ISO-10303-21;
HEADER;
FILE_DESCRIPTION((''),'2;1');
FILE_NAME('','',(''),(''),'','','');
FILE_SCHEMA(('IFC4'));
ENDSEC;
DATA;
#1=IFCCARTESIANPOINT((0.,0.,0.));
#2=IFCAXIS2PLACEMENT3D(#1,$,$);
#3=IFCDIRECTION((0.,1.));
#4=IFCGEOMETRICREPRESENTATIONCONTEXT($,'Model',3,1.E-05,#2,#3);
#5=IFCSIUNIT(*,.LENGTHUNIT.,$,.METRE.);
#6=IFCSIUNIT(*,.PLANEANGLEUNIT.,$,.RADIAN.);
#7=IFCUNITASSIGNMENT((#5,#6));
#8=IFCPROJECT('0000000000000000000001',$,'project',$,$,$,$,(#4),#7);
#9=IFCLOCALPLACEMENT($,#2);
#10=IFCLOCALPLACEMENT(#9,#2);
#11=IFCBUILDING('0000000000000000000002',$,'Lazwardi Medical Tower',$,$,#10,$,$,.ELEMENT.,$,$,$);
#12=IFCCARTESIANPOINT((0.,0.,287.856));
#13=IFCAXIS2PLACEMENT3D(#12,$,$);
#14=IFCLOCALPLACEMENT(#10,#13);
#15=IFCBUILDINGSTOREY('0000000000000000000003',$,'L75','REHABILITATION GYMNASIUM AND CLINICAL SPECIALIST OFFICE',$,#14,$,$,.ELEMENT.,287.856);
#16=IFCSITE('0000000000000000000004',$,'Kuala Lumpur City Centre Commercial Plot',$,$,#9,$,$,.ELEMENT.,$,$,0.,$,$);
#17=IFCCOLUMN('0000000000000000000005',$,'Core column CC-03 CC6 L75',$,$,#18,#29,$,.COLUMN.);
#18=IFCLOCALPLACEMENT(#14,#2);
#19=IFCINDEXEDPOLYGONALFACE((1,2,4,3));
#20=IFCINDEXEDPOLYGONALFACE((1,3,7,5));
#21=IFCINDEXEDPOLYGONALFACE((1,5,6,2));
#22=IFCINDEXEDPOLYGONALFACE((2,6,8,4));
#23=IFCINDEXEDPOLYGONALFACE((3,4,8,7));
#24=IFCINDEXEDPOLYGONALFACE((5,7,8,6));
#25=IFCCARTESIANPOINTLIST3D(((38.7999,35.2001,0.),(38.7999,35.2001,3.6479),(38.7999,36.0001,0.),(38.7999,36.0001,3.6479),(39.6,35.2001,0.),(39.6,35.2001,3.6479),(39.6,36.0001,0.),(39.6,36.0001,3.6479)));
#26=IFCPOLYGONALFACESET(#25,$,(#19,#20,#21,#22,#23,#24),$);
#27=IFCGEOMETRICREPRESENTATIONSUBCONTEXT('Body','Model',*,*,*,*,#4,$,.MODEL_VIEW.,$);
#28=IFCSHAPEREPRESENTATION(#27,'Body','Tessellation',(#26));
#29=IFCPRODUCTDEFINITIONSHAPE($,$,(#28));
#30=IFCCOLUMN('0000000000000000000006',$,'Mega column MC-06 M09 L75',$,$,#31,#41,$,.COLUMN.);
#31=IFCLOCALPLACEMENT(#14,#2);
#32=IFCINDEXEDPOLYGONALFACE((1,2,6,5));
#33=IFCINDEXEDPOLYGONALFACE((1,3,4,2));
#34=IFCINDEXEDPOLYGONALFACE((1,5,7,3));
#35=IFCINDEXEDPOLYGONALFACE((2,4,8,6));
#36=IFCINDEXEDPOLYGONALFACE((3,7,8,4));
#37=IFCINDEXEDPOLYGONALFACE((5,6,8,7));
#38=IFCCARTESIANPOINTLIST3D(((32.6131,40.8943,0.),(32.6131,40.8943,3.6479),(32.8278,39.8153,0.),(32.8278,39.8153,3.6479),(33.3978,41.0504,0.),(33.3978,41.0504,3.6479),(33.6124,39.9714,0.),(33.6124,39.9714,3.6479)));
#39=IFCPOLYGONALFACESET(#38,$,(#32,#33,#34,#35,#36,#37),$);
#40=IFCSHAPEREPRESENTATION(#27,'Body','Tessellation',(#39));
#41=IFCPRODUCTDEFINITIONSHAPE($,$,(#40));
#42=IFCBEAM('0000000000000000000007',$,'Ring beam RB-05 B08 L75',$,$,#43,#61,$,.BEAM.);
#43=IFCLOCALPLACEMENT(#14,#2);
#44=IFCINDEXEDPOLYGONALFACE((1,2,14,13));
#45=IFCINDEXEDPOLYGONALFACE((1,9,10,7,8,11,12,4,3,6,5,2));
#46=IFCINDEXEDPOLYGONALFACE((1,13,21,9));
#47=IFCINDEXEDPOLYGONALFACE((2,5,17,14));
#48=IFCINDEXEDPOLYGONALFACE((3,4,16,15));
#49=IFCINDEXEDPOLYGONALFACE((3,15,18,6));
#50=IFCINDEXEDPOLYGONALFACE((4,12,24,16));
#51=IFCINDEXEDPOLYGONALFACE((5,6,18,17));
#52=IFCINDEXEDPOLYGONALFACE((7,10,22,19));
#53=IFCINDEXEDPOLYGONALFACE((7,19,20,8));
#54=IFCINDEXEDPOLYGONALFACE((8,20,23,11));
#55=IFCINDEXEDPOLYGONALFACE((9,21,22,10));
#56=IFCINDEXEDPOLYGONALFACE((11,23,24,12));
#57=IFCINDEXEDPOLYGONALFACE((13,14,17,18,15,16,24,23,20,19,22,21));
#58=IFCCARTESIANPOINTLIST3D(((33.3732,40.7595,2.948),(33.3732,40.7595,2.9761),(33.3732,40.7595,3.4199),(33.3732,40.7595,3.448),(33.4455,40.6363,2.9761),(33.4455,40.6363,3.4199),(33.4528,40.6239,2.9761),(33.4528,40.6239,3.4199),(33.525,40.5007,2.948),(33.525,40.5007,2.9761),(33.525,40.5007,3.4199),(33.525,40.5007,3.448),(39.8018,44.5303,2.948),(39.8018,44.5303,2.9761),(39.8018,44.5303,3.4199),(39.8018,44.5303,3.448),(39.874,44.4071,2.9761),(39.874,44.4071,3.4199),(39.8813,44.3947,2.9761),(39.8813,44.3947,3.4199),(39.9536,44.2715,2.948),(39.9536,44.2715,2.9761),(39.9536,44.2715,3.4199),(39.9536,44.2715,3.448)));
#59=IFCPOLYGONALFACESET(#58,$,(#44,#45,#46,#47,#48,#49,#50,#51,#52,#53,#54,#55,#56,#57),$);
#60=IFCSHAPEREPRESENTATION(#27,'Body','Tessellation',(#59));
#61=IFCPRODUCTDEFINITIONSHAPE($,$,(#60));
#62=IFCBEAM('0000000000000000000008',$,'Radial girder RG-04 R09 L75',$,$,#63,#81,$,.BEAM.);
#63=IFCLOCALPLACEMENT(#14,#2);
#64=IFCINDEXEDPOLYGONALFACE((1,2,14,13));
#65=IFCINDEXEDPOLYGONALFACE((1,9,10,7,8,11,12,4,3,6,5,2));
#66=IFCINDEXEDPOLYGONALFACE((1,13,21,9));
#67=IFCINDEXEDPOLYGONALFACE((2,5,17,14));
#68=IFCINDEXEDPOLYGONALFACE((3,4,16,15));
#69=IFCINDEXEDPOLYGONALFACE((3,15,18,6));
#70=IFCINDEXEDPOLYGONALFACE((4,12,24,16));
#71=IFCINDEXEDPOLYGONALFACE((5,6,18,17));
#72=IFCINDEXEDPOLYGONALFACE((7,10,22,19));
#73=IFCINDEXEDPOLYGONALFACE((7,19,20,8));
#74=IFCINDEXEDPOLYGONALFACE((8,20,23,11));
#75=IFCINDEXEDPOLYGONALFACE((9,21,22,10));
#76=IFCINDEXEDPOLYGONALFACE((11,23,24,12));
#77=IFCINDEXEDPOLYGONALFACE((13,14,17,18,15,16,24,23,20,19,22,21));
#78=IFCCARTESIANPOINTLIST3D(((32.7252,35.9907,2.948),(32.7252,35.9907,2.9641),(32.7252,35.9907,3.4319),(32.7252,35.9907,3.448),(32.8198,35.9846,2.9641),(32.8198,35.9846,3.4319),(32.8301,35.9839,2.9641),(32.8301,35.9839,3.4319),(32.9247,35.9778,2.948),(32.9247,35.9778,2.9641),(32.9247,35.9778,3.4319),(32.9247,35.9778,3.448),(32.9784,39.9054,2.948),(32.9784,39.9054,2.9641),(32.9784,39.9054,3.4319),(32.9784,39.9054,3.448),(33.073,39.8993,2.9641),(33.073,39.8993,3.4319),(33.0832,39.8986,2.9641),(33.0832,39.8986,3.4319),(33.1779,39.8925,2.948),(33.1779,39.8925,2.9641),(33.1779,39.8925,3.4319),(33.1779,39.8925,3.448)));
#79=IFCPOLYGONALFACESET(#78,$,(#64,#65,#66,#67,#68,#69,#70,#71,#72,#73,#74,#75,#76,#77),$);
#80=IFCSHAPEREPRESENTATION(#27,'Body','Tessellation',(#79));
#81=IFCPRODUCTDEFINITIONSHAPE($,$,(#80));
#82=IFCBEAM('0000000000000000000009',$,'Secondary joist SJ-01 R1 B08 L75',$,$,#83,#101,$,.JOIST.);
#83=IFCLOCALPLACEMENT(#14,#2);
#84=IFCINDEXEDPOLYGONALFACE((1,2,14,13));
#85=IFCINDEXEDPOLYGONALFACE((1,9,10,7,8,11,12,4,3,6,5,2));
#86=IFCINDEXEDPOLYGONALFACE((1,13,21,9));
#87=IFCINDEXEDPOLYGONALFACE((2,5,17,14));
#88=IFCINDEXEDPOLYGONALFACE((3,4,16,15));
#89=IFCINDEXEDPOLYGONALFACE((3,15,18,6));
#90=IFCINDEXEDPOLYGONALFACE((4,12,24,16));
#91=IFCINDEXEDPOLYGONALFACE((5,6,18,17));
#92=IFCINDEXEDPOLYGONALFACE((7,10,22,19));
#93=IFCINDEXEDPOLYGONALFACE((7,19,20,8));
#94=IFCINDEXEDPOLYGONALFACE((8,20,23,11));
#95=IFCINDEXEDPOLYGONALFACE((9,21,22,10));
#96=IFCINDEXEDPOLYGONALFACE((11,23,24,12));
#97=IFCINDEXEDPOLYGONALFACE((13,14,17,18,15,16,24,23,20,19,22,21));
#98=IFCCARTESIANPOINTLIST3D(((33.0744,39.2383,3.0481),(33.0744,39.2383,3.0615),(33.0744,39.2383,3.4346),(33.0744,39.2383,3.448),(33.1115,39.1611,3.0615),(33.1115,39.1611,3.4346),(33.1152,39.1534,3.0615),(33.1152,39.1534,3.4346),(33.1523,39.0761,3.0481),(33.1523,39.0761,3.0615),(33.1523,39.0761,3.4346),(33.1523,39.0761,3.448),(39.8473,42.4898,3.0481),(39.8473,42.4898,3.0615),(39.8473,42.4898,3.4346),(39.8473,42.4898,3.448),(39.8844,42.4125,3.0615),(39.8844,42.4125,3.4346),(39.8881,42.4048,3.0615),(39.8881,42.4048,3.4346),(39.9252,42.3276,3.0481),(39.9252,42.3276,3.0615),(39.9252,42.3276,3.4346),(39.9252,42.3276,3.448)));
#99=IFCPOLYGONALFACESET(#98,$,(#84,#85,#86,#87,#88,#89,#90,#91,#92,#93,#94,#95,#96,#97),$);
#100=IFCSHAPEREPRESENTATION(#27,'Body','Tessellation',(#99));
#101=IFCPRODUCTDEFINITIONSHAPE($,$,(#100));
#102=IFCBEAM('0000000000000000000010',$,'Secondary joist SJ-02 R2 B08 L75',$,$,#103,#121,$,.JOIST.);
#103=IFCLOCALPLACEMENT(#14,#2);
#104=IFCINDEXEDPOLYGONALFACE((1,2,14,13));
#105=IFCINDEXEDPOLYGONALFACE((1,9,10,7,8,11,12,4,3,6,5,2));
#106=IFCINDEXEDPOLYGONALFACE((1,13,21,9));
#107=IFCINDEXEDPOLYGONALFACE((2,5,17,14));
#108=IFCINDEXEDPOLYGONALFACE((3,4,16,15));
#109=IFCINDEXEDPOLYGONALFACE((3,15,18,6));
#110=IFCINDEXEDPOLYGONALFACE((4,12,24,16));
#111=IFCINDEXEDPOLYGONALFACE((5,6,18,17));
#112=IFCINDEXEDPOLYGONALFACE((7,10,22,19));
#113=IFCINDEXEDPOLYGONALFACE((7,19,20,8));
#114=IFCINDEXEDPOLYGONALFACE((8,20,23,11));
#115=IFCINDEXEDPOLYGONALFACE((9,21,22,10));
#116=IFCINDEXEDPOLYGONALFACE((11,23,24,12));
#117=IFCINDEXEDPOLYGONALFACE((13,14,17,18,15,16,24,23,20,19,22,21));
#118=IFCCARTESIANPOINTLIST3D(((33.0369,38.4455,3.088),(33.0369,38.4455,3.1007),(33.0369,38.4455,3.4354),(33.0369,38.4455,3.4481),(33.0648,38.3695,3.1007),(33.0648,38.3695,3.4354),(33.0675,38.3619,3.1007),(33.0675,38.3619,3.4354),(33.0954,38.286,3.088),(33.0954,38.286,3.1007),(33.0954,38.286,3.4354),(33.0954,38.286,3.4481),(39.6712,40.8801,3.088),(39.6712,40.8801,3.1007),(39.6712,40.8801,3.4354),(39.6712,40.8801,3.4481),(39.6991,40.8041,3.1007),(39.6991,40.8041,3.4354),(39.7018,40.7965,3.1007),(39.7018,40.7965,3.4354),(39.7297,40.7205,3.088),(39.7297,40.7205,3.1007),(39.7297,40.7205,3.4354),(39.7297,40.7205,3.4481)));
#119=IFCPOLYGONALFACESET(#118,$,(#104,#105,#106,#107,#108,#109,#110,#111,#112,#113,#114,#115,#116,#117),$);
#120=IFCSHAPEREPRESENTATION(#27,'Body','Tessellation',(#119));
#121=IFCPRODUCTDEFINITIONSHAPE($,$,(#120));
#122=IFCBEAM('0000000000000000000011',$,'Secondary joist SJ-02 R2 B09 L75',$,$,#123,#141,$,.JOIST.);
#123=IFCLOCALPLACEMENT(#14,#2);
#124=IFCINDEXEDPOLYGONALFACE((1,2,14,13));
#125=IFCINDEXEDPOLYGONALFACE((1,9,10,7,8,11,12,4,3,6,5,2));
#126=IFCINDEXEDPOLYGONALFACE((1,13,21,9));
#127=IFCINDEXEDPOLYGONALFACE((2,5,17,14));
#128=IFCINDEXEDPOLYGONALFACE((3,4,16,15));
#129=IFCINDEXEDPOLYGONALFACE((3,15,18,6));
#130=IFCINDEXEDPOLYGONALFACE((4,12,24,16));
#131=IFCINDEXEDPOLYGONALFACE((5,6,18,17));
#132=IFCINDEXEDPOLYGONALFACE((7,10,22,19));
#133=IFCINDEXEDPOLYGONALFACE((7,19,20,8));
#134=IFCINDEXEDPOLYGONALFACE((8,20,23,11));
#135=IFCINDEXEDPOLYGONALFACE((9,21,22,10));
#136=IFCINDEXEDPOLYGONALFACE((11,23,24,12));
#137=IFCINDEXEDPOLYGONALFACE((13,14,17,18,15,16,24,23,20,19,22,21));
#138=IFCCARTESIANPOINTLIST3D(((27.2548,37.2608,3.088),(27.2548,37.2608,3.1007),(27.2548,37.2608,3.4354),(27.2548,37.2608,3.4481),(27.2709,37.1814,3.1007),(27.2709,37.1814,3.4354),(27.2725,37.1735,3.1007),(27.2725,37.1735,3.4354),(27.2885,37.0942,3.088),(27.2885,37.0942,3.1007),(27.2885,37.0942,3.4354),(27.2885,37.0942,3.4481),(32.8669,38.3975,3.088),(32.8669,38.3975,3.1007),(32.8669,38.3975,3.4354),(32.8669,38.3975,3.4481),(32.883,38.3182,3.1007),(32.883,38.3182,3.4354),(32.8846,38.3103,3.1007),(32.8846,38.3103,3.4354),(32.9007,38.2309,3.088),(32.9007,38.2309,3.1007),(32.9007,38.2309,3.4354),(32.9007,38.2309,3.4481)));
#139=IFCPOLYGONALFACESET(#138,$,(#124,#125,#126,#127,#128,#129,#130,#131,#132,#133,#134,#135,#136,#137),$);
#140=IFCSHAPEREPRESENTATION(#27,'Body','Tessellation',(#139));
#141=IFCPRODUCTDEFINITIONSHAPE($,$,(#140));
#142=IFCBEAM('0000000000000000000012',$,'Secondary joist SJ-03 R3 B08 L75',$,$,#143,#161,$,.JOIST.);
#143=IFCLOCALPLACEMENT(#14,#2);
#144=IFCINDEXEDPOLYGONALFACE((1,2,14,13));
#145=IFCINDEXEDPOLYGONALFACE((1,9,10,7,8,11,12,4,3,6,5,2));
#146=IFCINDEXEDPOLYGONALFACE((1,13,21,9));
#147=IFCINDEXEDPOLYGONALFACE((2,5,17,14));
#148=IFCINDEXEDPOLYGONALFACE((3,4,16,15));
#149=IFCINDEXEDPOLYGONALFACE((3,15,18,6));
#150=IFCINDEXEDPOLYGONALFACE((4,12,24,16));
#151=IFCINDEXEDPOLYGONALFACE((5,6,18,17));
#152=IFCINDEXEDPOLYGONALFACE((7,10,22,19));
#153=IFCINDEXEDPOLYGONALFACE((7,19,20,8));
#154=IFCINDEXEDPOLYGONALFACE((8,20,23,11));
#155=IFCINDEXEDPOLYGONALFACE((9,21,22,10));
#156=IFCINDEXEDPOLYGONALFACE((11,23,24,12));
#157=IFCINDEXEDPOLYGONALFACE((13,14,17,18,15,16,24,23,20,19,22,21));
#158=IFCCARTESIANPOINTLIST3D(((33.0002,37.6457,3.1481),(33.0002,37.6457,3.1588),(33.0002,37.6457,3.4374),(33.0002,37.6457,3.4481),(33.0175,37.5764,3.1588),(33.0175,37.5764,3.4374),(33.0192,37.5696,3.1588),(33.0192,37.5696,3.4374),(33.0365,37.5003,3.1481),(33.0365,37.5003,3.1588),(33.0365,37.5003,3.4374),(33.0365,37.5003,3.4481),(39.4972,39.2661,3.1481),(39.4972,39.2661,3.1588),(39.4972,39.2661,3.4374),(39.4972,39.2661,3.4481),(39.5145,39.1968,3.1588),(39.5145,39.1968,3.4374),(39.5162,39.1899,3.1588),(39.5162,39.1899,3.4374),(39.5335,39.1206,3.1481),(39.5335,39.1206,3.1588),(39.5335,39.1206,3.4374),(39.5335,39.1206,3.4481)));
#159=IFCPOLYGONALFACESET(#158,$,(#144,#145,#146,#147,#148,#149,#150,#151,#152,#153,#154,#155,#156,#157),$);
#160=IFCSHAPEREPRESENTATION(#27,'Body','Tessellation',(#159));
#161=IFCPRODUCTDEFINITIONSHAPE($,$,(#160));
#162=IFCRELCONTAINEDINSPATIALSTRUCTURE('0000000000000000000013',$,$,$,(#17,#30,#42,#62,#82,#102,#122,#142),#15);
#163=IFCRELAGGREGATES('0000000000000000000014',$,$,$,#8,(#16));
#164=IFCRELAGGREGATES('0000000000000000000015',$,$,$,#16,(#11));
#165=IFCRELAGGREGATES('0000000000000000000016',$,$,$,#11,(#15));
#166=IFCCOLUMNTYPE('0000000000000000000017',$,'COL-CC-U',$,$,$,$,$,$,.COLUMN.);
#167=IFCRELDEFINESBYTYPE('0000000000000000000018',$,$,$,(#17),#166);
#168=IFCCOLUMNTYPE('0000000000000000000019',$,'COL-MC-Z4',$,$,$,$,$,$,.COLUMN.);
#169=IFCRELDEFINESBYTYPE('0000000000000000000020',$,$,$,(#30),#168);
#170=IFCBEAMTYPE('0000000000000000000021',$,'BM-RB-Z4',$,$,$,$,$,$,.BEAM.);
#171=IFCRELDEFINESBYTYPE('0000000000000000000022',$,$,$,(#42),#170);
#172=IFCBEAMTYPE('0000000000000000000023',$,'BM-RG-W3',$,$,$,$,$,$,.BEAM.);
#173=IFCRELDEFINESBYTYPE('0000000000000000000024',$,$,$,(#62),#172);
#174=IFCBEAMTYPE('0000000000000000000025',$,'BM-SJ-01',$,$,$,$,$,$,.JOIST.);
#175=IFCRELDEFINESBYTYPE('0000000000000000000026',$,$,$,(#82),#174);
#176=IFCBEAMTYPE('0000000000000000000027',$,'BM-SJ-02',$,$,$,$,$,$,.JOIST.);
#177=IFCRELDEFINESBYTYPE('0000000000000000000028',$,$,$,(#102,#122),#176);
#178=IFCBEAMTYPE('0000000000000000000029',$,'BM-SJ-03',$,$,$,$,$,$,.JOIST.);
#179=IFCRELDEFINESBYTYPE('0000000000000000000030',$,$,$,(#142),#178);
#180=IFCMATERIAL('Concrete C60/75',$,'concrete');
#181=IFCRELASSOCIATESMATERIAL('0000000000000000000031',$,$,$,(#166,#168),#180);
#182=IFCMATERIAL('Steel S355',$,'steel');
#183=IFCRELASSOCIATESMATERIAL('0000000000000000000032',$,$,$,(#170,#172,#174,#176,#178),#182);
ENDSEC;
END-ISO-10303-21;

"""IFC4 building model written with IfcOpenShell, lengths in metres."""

from ifc_helpers import new_model, si_unit, direction, frame, origin, origin_2d, place, context, subcontext, project, spatial, rectangle, i_section, extrude, material, material_profile, profile_set, type_object, element, save


model = new_model("IFC4")

# Units and contexts
model_context = context("Model", 3, precision=1e-05, world=origin(), true_north=direction((0.0, 1.0)))
body_context = subcontext(model_context, "Body", "Model", "MODEL_VIEW")
ifc_project = project(units=[si_unit("LENGTHUNIT", "METRE"), si_unit("PLANEANGLEUNIT", "RADIAN")], contexts=[model_context])

# Site, building, storey
site_placement = place(None, origin())
site = spatial("IfcSite", under=ifc_project, at=site_placement, Name="Kuala Lumpur City Centre Commercial Plot", CompositionType="ELEMENT", RefElevation=0.0)
building_placement = place(site_placement, origin())
building = spatial("IfcBuilding", under=site, at=building_placement, Name="Lazwardi Medical Tower", CompositionType="ELEMENT")
storey_placement = place(building_placement, frame((0.0, 0.0, 287.856)))
storey = spatial("IfcBuildingStorey", under=building, at=storey_placement, Name="L75", Description="REHABILITATION GYMNASIUM AND CLINICAL SPECIALIST OFFICE", CompositionType="ELEMENT", Elevation=287.856)

# Columns
ifc_material_1 = material(Name="Concrete C60/75", Category="concrete")
ifc_material_profile_1 = material_profile(ifc_material_1, rectangle(XDim=0.8, YDim=0.8, at=origin_2d()), Name="RC 800x800")
ifc_profile_set_1 = profile_set([ifc_material_profile_1], Name="Concrete C60/75")
column_type_1 = type_object("IfcColumnType", Name="COL-CC-U", PredefinedType="COLUMN", material=ifc_profile_set_1)
column_1_placement = place(storey_placement, frame((39.2, 35.6001, 0.0), z_axis=(0.0, 0.0, 1.0), x_axis=(1.0, 0.0, 0.0)))
element("IfcColumn", 1, at=column_1_placement, inside=storey, type_object=column_type_1, Name="Core column CC-03 CC6 L75", PredefinedType="COLUMN", context=body_context, shape_type="SweptSolid", body=[
    extrude(rectangle(XDim=0.8, YDim=0.8, at=origin_2d()), origin(), (0.0, 0.0, 1.0), 3.6479),
])
ifc_material_profile_2 = material_profile(ifc_material_1, rectangle(XDim=1.1001, YDim=0.8, at=origin_2d()), Name="CFT-RECT 1100x800")
ifc_profile_set_2 = profile_set([ifc_material_profile_2], Name="Concrete C60/75")
column_type_2 = type_object("IfcColumnType", Name="COL-MC-Z4", PredefinedType="COLUMN", material=ifc_profile_set_2)
column_2_placement = place(storey_placement, frame((33.1128, 40.4329, 0.0), z_axis=(0.0, 0.0, 1.0), x_axis=(-0.19509, 0.980785, 0.0)))
element("IfcColumn", 2, at=column_2_placement, inside=storey, type_object=column_type_2, Name="Mega column MC-06 M09 L75", PredefinedType="COLUMN", context=body_context, shape_type="SweptSolid", body=[
    extrude(rectangle(XDim=1.1001, YDim=0.8, at=origin_2d()), origin(), (0.0, 0.0, 1.0), 3.6479),
])

# Beams
ifc_material_2 = material(Name="Steel S355", Category="steel")
ifc_material_profile_3 = material_profile(ifc_material_2, i_section(OverallWidth=0.3, OverallDepth=0.5, WebThickness=0.0144, FlangeThickness=0.0281, at=origin_2d()), Name="HEB 500")
ifc_profile_set_3 = profile_set([ifc_material_profile_3], Name="Steel S355")
beam_type_1 = type_object("IfcBeamType", Name="BM-RB-Z4", PredefinedType="BEAM", material=ifc_profile_set_3)
beam_1_placement = place(storey_placement, frame((39.8777, 44.4009, 3.198), z_axis=(-0.862561, -0.505953, 0.0), x_axis=(0.505953, -0.862561, 0.0)))
element("IfcBeam", 3, at=beam_1_placement, inside=storey, type_object=beam_type_1, Name="Ring beam RB-05 B08 L75", PredefinedType="BEAM", context=body_context, shape_type="SweptSolid", body=[
    extrude(i_section(OverallWidth=0.3, OverallDepth=0.5, WebThickness=0.0144, FlangeThickness=0.0281, at=origin_2d()), origin(), (0.0, 0.0, 1.0), 7.4529),
])
ifc_material_profile_4 = material_profile(ifc_material_2, i_section(OverallWidth=0.2, OverallDepth=0.5, WebThickness=0.0103, FlangeThickness=0.0161, at=origin_2d()), Name="IPE 500")
ifc_profile_set_4 = profile_set([ifc_material_profile_4], Name="Steel S355")
beam_type_2 = type_object("IfcBeamType", Name="BM-RG-W3", PredefinedType="BEAM", material=ifc_profile_set_4)
beam_2_placement = place(storey_placement, frame((33.0781, 39.8989, 3.198), z_axis=(-0.064536, -0.997915, 0.0), x_axis=(0.997915, -0.064536, 0.0)))
element("IfcBeam", 4, at=beam_2_placement, inside=storey, type_object=beam_type_2, Name="Radial girder RG-04 R09 L75", PredefinedType="BEAM", context=body_context, shape_type="SweptSolid", body=[
    extrude(i_section(OverallWidth=0.2, OverallDepth=0.5, WebThickness=0.0103, FlangeThickness=0.0161, at=origin_2d()), origin(), (0.0, 0.0, 1.0), 3.9229),
])
ifc_material_profile_5 = material_profile(ifc_material_2, i_section(OverallWidth=0.1799, OverallDepth=0.3999, WebThickness=0.0085, FlangeThickness=0.0134, at=origin_2d()), Name="IPE 400")
ifc_profile_set_5 = profile_set([ifc_material_profile_5], Name="Steel S355")
beam_type_3 = type_object("IfcBeamType", Name="BM-SJ-01", PredefinedType="JOIST", material=ifc_profile_set_5)
beam_3_placement = place(storey_placement, frame((39.8862, 42.4087, 3.248), z_axis=(-0.9015, -0.43278, 0.0), x_axis=(0.43278, -0.9015, 0.0)))
element("IfcBeam", 5, at=beam_3_placement, inside=storey, type_object=beam_type_3, Name="Secondary joist SJ-01 R1 B08 L75", PredefinedType="JOIST", context=body_context, shape_type="SweptSolid", body=[
    extrude(i_section(OverallWidth=0.1799, OverallDepth=0.3999, WebThickness=0.0085, FlangeThickness=0.0134, at=origin_2d()), origin(), (0.0, 0.0, 1.0), 7.5129),
])
ifc_material_profile_6 = material_profile(ifc_material_2, i_section(OverallWidth=0.1699, OverallDepth=0.3601, WebThickness=0.0081, FlangeThickness=0.0127, at=origin_2d()), Name="IPE 360")
ifc_profile_set_6 = profile_set([ifc_material_profile_6], Name="Steel S355")
beam_type_4 = type_object("IfcBeamType", Name="BM-SJ-02", PredefinedType="JOIST", material=ifc_profile_set_6)
beam_4_placement = place(storey_placement, frame((39.7004, 40.8003, 3.2681), z_axis=(-0.938785, -0.344504, 0.0), x_axis=(0.344504, -0.938785, 0.0)))
element("IfcBeam", 6, at=beam_4_placement, inside=storey, type_object=beam_type_4, Name="Secondary joist SJ-02 R2 B08 L75", PredefinedType="JOIST", context=body_context, shape_type="SweptSolid", body=[
    extrude(i_section(OverallWidth=0.1699, OverallDepth=0.3601, WebThickness=0.0081, FlangeThickness=0.0127, at=origin_2d()), origin(), (0.0, 0.0, 1.0), 7.0669),
])
beam_5_placement = place(storey_placement, frame((32.8838, 38.3142, 3.2681), z_axis=(-0.980097, -0.198518, 0.0), x_axis=(0.198518, -0.980097, 0.0)))
element("IfcBeam", 7, at=beam_5_placement, inside=storey, type_object=beam_type_4, Name="Secondary joist SJ-02 R2 B09 L75", PredefinedType="JOIST", context=body_context, shape_type="SweptSolid", body=[
    extrude(i_section(OverallWidth=0.1699, OverallDepth=0.3601, WebThickness=0.0081, FlangeThickness=0.0127, at=origin_2d()), origin(), (0.0, 0.0, 1.0), 5.7261),
])
ifc_material_profile_7 = material_profile(ifc_material_2, i_section(OverallWidth=0.1499, OverallDepth=0.3, WebThickness=0.0071, FlangeThickness=0.0107, at=origin_2d()), Name="IPE 300")
ifc_profile_set_7 = profile_set([ifc_material_profile_7], Name="Steel S355")
beam_type_5 = type_object("IfcBeamType", Name="BM-SJ-03", PredefinedType="JOIST", material=ifc_profile_set_7)
beam_6_placement = place(storey_placement, frame((39.5154, 39.1934, 3.2981), z_axis=(-0.97028, -0.241987, 0.0), x_axis=(0.241987, -0.97028, 0.0)))
element("IfcBeam", 8, at=beam_6_placement, inside=storey, type_object=beam_type_5, Name="Secondary joist SJ-03 R3 B08 L75", PredefinedType="JOIST", context=body_context, shape_type="SweptSolid", body=[
    extrude(i_section(OverallWidth=0.1499, OverallDepth=0.3, WebThickness=0.0071, FlangeThickness=0.0107, at=origin_2d()), origin(), (0.0, 0.0, 1.0), 6.696),
])

save(model, "model.ifc")
